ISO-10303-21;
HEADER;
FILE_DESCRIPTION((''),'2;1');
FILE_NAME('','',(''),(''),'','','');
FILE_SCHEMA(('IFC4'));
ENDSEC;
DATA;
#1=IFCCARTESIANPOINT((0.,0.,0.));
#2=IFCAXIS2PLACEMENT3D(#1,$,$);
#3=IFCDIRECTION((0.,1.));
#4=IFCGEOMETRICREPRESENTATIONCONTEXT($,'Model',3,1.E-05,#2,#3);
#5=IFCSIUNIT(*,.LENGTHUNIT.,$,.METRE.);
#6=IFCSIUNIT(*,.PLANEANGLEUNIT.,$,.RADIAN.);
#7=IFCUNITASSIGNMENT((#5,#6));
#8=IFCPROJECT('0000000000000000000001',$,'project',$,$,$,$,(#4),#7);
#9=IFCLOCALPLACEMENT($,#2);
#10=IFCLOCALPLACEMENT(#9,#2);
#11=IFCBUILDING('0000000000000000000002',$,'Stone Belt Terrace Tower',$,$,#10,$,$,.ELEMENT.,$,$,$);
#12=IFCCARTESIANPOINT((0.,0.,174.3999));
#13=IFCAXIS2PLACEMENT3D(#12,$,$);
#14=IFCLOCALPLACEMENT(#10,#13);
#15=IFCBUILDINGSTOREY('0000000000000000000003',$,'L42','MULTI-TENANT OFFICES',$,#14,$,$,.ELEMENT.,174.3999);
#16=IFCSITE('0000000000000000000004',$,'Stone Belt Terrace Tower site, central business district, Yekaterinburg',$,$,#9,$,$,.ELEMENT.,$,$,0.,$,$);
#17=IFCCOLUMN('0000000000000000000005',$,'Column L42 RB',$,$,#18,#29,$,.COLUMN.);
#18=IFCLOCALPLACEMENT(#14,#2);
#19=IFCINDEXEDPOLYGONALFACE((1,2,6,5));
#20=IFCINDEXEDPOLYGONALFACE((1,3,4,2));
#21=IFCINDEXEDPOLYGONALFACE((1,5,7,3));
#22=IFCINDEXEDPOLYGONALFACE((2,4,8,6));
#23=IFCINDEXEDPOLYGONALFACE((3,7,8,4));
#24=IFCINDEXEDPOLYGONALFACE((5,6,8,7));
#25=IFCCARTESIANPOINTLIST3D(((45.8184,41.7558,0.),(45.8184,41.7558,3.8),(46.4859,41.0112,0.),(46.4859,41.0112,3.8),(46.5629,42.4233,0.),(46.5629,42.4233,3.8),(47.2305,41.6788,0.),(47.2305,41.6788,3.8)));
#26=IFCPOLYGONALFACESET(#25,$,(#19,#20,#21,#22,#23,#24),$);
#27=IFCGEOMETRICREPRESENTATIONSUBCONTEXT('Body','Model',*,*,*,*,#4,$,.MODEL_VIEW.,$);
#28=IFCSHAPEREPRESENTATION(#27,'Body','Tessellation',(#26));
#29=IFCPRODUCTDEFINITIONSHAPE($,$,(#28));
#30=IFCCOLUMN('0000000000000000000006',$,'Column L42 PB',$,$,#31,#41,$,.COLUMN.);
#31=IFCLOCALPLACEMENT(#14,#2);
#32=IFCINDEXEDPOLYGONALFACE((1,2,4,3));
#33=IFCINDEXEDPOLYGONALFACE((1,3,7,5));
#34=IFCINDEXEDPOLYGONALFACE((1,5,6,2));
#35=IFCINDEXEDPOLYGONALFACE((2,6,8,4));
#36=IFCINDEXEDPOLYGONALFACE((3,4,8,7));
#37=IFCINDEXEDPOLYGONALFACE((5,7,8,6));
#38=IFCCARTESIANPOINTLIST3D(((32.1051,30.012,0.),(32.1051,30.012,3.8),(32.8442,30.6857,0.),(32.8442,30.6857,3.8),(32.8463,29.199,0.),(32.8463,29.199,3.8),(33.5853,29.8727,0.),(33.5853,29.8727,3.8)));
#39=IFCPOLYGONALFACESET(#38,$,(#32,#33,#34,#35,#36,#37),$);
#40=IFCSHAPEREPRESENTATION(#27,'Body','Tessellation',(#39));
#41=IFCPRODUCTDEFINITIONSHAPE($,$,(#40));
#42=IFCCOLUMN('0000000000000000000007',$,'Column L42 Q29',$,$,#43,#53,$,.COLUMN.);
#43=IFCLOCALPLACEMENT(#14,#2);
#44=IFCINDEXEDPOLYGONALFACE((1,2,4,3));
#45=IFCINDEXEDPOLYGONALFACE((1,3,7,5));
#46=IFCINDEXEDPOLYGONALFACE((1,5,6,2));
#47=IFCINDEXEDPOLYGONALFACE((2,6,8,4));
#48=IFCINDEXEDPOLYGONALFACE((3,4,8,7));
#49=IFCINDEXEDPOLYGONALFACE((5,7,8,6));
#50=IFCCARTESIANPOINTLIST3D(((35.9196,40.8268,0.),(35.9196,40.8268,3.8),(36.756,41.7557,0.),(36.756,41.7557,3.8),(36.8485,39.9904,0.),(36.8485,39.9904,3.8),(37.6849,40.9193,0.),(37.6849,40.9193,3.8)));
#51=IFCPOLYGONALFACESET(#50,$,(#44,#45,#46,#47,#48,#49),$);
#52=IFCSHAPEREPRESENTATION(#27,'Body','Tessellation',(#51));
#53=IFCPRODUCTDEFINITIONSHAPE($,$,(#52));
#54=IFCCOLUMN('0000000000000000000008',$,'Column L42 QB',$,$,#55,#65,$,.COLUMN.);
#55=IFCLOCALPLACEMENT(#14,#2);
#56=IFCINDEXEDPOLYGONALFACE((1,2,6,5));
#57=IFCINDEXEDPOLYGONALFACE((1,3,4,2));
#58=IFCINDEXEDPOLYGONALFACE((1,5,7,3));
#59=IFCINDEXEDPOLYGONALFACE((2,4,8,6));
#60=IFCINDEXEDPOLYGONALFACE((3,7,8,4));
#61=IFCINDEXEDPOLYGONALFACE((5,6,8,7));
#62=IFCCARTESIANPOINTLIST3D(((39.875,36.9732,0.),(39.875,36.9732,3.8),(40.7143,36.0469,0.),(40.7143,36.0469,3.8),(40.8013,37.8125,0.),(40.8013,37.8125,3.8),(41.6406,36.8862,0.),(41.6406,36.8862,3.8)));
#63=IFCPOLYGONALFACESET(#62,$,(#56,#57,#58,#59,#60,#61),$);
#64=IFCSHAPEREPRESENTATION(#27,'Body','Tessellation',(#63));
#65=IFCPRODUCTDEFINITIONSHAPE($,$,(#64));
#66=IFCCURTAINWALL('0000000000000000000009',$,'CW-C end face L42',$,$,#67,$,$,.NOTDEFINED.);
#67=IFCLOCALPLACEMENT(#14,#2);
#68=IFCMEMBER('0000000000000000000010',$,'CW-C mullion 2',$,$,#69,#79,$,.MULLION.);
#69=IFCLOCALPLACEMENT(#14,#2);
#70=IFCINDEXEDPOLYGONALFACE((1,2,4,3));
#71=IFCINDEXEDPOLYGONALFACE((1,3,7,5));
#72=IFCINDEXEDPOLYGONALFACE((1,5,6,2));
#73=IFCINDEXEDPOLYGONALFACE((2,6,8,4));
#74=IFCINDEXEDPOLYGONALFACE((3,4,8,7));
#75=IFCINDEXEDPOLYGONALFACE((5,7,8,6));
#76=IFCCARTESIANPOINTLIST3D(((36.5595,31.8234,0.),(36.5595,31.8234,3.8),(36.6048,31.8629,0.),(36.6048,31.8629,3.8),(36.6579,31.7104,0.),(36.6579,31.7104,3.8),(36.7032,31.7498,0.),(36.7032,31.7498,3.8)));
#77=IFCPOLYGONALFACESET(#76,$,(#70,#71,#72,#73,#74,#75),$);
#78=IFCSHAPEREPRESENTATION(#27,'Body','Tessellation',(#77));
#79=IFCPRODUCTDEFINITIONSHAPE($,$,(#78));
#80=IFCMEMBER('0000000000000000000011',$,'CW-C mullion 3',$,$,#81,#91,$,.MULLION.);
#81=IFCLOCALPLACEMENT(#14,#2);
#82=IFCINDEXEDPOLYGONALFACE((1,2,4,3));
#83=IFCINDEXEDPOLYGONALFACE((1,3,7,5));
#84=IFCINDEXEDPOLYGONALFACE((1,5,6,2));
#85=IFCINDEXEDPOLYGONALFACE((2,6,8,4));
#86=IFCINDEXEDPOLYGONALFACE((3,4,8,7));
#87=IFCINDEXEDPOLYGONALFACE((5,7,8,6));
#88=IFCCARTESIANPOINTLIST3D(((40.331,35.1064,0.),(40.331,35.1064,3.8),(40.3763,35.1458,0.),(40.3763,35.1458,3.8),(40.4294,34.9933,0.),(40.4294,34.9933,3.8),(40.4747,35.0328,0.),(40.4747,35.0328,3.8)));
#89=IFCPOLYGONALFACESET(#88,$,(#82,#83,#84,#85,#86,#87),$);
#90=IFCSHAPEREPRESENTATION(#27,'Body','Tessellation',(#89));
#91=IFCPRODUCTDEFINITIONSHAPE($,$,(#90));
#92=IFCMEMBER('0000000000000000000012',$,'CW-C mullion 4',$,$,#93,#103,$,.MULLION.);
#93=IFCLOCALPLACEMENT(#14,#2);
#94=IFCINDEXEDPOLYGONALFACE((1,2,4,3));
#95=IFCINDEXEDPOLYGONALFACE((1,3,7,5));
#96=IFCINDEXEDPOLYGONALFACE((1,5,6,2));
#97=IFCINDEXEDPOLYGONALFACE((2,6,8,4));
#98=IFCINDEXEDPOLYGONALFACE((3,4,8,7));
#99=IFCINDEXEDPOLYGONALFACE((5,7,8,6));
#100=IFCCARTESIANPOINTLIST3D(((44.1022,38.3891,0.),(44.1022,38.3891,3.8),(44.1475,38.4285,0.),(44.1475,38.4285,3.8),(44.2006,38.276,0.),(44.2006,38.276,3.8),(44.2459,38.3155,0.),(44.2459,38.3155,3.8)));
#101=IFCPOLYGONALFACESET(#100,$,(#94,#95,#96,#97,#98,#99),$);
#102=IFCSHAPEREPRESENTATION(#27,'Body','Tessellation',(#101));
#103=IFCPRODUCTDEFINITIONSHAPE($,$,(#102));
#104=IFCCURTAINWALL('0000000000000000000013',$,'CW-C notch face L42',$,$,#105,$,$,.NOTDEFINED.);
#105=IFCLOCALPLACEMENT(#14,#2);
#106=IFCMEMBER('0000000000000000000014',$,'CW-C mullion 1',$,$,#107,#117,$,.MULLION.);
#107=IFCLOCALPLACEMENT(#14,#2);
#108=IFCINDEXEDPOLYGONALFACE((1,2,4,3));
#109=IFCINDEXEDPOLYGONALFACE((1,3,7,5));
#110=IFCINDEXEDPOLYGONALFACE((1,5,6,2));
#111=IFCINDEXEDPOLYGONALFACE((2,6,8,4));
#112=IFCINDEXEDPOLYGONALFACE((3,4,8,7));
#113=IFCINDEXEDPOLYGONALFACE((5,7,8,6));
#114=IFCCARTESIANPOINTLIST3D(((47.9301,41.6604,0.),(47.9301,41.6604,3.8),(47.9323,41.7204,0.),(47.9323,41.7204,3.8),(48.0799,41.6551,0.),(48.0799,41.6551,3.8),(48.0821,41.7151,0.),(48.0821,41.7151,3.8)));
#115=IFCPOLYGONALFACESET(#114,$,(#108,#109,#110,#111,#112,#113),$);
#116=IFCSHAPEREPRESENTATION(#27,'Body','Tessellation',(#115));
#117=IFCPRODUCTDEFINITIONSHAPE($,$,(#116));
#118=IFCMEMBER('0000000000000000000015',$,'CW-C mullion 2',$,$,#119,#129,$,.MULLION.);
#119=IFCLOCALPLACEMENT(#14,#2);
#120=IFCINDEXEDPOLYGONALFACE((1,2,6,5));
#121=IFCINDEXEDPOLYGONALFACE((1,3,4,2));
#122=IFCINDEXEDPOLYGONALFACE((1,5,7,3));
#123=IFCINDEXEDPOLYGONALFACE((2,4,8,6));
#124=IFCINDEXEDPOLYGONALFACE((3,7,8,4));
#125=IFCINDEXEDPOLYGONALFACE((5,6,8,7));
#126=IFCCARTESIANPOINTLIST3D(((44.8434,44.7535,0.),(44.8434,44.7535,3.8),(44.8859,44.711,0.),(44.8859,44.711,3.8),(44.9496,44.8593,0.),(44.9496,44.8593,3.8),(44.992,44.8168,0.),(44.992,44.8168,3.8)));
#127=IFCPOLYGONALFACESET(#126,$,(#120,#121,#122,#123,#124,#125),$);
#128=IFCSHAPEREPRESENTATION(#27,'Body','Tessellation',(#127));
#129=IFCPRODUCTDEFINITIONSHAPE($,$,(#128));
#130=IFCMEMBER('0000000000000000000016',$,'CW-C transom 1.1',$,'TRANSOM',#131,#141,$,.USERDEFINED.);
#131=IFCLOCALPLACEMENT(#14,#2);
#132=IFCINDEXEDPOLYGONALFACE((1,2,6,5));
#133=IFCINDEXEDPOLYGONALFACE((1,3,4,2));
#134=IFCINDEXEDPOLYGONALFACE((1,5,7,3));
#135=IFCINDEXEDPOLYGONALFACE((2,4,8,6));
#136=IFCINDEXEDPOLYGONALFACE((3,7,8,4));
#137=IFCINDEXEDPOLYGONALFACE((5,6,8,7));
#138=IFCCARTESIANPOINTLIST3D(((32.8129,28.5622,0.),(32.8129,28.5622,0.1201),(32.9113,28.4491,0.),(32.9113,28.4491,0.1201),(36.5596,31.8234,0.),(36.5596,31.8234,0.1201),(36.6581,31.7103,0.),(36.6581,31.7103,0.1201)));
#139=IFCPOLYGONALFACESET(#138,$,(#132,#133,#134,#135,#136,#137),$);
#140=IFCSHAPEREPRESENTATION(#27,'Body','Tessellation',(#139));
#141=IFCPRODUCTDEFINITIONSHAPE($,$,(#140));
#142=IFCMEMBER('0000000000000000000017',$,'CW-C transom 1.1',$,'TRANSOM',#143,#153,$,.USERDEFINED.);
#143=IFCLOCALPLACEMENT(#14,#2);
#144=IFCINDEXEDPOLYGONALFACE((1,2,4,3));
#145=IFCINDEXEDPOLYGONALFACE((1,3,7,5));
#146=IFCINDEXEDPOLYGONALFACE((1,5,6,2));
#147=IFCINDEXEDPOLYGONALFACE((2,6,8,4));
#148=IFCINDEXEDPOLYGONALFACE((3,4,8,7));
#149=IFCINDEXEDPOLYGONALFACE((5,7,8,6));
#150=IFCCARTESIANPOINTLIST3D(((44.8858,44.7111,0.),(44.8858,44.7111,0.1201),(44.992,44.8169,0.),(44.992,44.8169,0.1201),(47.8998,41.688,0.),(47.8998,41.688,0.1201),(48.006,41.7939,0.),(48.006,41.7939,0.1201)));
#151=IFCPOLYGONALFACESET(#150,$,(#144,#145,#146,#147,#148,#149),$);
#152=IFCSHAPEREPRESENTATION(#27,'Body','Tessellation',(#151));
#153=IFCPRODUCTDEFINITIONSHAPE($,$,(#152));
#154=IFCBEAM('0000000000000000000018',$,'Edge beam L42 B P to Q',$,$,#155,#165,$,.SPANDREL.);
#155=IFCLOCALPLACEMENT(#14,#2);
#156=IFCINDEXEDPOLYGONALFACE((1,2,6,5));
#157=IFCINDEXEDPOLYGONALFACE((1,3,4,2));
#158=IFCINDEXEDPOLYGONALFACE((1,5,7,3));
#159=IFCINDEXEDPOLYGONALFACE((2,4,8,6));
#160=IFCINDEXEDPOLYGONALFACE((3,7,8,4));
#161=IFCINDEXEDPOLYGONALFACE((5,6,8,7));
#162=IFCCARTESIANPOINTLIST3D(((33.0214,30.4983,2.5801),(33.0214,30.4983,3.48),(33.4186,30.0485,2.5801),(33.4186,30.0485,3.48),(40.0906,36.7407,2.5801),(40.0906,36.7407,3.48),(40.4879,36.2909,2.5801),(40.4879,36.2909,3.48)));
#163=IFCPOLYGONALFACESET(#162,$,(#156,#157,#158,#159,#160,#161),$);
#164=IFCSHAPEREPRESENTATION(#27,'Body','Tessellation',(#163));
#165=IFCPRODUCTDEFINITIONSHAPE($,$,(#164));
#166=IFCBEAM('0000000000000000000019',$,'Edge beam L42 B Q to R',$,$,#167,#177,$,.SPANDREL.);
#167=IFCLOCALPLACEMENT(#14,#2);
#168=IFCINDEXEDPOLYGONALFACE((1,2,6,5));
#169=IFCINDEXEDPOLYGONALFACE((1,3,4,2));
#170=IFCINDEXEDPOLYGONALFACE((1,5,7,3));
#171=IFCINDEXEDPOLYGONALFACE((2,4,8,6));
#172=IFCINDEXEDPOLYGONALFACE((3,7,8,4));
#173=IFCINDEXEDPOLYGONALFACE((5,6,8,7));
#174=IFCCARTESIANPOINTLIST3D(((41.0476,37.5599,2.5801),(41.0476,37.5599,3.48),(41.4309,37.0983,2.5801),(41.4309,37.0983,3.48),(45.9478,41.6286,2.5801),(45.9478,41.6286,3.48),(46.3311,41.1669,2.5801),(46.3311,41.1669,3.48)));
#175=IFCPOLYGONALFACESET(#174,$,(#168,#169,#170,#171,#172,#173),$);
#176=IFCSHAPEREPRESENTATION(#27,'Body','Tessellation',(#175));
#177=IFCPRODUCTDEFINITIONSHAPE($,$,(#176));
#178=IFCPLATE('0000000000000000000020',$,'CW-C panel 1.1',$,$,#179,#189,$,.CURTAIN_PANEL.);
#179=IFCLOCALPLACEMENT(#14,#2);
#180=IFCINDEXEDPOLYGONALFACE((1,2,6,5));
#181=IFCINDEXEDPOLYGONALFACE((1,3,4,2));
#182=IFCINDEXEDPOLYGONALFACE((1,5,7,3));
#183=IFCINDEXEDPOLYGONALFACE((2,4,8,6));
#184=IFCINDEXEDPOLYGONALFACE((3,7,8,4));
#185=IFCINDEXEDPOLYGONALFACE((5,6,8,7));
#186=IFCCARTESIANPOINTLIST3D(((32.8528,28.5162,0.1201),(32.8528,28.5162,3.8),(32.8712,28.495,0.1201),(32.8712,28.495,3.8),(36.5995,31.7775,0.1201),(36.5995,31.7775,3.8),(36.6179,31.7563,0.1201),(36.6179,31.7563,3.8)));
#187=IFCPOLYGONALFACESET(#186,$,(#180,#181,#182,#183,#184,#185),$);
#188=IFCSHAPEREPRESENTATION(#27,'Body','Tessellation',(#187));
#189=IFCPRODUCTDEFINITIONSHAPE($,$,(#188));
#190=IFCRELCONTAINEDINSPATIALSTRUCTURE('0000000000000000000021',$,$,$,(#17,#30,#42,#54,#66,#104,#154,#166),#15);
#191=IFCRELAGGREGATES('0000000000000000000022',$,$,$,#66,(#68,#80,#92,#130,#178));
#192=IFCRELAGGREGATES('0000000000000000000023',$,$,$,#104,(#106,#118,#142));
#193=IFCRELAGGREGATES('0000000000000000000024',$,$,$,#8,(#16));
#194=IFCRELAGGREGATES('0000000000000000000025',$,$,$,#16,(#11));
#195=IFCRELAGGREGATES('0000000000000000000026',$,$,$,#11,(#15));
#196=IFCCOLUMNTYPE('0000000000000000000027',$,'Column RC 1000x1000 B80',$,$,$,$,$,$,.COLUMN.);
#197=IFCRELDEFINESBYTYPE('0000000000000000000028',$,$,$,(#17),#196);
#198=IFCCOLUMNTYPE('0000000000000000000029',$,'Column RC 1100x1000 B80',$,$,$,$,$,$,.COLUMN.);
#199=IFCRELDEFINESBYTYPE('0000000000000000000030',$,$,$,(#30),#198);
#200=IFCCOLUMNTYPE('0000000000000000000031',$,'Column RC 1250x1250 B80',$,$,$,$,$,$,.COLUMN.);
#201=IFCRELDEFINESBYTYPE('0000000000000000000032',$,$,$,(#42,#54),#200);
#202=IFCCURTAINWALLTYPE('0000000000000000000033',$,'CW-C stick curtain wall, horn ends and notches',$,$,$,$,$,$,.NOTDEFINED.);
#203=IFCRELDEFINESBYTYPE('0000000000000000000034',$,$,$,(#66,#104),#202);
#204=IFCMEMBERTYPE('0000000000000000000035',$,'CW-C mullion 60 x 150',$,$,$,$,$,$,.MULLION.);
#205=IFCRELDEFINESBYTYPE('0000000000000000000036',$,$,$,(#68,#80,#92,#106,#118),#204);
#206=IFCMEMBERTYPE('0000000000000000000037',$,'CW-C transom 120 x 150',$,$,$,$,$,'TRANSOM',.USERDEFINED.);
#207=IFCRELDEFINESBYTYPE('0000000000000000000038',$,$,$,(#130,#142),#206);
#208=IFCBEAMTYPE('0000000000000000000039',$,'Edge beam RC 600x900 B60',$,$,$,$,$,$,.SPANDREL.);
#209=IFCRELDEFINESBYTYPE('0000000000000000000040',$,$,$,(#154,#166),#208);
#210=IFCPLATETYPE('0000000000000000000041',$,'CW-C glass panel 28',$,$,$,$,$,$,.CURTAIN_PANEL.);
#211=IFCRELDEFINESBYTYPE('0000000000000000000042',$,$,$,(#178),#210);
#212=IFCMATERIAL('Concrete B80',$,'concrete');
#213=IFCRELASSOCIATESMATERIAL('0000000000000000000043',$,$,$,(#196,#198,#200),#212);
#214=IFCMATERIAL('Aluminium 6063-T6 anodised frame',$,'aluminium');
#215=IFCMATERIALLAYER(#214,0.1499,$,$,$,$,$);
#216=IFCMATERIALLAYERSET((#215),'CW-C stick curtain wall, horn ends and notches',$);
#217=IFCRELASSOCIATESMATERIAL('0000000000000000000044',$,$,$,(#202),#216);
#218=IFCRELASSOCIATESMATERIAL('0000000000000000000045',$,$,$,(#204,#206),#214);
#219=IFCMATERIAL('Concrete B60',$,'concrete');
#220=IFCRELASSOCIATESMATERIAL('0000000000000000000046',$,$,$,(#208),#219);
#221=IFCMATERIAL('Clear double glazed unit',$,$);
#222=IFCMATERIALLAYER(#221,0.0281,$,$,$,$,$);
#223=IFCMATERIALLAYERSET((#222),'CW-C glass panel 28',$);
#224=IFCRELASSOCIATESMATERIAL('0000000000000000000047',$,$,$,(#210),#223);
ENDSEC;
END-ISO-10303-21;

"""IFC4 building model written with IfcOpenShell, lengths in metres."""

from ifc_helpers import new_model, si_unit, direction, frame, origin, origin_2d, place, context, subcontext, project, spatial, rectangle, extrude, material, layer, layer_set, material_profile, profile_set, type_object, element, aggregate, save


model = new_model("IFC4")

# Units and contexts
model_context = context("Model", 3, precision=1e-05, world=origin(), true_north=direction((0.0, 1.0)))
body_context = subcontext(model_context, "Body", "Model", "MODEL_VIEW")
ifc_project = project(units=[si_unit("LENGTHUNIT", "METRE"), si_unit("PLANEANGLEUNIT", "RADIAN")], contexts=[model_context])

# Site, building, storey
site_placement = place(None, origin())
site = spatial("IfcSite", under=ifc_project, at=site_placement, Name="Stone Belt Terrace Tower site, central business district, Yekaterinburg", CompositionType="ELEMENT", RefElevation=0.0)
building_placement = place(site_placement, origin())
building = spatial("IfcBuilding", under=site, at=building_placement, Name="Stone Belt Terrace Tower", CompositionType="ELEMENT")
storey_placement = place(building_placement, frame((0.0, 0.0, 174.3999)))
storey = spatial("IfcBuildingStorey", under=building, at=storey_placement, Name="L42", Description="MULTI-TENANT OFFICES", CompositionType="ELEMENT", Elevation=174.3999)

# Columns
ifc_material_1 = material(Name="Concrete B80", Category="concrete")
ifc_material_profile_1 = material_profile(ifc_material_1, rectangle(XDim=1.0, YDim=1.0, at=origin_2d()), Name="RC 1000x1000")
ifc_profile_set_1 = profile_set([ifc_material_profile_1], Name="Concrete B80")
column_type_1 = type_object("IfcColumnType", Name="Column RC 1000x1000 B80", PredefinedType="COLUMN", material=ifc_profile_set_1)
column_1_placement = place(storey_placement, frame((46.5244, 41.7173, 0.0), z_axis=(0.0, 0.0, 1.0), x_axis=(0.667595, -0.744525, 0.0)))
element("IfcColumn", 1, at=column_1_placement, inside=storey, type_object=column_type_1, Name="Column L42 RB", PredefinedType="COLUMN", context=body_context, shape_type="SweptSolid", body=[
    extrude(rectangle(XDim=1.0, YDim=1.0, at=origin_2d()), origin(), (0.0, 0.0, 1.0), 3.8),
])
ifc_material_profile_2 = material_profile(ifc_material_1, rectangle(XDim=1.1001, YDim=1.0, at=origin_2d()), Name="RC 1100x1000")
ifc_profile_set_2 = profile_set([ifc_material_profile_2], Name="Concrete B80")
column_type_2 = type_object("IfcColumnType", Name="Column RC 1100x1000 B80", PredefinedType="COLUMN", material=ifc_profile_set_2)
column_2_placement = place(storey_placement, frame((32.8452, 29.9424, 0.0), z_axis=(0.0, 0.0, 1.0), x_axis=(0.673698, -0.739007, 0.0)))
element("IfcColumn", 2, at=column_2_placement, inside=storey, type_object=column_type_2, Name="Column L42 PB", PredefinedType="COLUMN", context=body_context, shape_type="SweptSolid", body=[
    extrude(rectangle(XDim=1.1001, YDim=1.0, at=origin_2d()), origin(), (0.0, 0.0, 1.0), 3.8),
])
ifc_material_profile_3 = material_profile(ifc_material_1, rectangle(XDim=1.25, YDim=1.25, at=origin_2d()), Name="RC 1250x1250")
ifc_profile_set_3 = profile_set([ifc_material_profile_3], Name="Concrete B80")
column_type_3 = type_object("IfcColumnType", Name="Column RC 1250x1250 B80", PredefinedType="COLUMN", material=ifc_profile_set_3)
for number, where, z_axis, x_axis, name in (
    (3, (36.8022, 40.873, 0.0), (0.0, 0.0, 1.0), (0.743145, -0.669131, 0.0), "Column L42 Q29"),
    (4, (40.7578, 36.9297, 0.0), (0.0, 0.0, 1.0), (0.671448, -0.741052, 0.0), "Column L42 QB"),
):
    element("IfcColumn", number, at=place(storey_placement, frame(where, z_axis=z_axis, x_axis=x_axis)), inside=storey, type_object=column_type_3, Name=name, PredefinedType="COLUMN", context=body_context, shape_type="SweptSolid", body=[
        extrude(rectangle(XDim=1.25, YDim=1.25, at=origin_2d()), origin(), (0.0, 0.0, 1.0), 3.8),
    ])

# Curtain walls, members
ifc_material_2 = material(Name="Aluminium 6063-T6 anodised frame", Category="aluminium")
ifc_layer_1 = layer(ifc_material_2, 0.1499)
ifc_layer_set_1 = layer_set([ifc_layer_1], Name="CW-C stick curtain wall, horn ends and notches")
curtain_wall_type = type_object("IfcCurtainWallType", Name="CW-C stick curtain wall, horn ends and notches", PredefinedType="NOTDEFINED", material=ifc_layer_set_1)
curtain_wall_1_placement = place(storey_placement, origin())
curtain_wall_1 = element("IfcCurtainWall", 5, at=curtain_wall_1_placement, inside=storey, type_object=curtain_wall_type, Name="CW-C end face L42", PredefinedType="NOTDEFINED")
ifc_material_profile_4 = material_profile(ifc_material_2, rectangle(XDim=0.1499, YDim=0.0601, at=origin_2d()), Name="Aluminium 6063-T6 60x150")
ifc_profile_set_4 = profile_set([ifc_material_profile_4], Name="Aluminium 6063-T6 anodised frame")
member_type_1 = type_object("IfcMemberType", Name="CW-C mullion 60 x 150", PredefinedType="MULLION", material=ifc_profile_set_4)
member_1_placement = place(storey_placement, frame((36.6313, 31.7866, 0.0), z_axis=(0.0, 0.0, 1.0), x_axis=(-0.656561, 0.754273, 0.0)))
member_1 = element("IfcMember", 6, at=member_1_placement, type_object=member_type_1, Name="CW-C mullion 2", PredefinedType="MULLION", context=body_context, shape_type="SweptSolid", body=[
    extrude(rectangle(XDim=0.1499, YDim=0.0601, at=origin_2d()), origin(), (0.0, 0.0, 1.0), 3.8),
])
member_2_placement = place(storey_placement, frame((40.4028, 35.0696, 0.0), z_axis=(0.0, 0.0, 1.0), x_axis=(-0.656561, 0.754273, 0.0)))
member_2 = element("IfcMember", 7, at=member_2_placement, type_object=member_type_1, Name="CW-C mullion 3", PredefinedType="MULLION", context=body_context, shape_type="SweptSolid", body=[
    extrude(rectangle(XDim=0.1499, YDim=0.0601, at=origin_2d()), origin(), (0.0, 0.0, 1.0), 3.8),
])
member_3_placement = place(storey_placement, frame((44.1741, 38.3523, 0.0), z_axis=(0.0, 0.0, 1.0), x_axis=(-0.656561, 0.754273, 0.0)))
member_3 = element("IfcMember", 8, at=member_3_placement, type_object=member_type_1, Name="CW-C mullion 4", PredefinedType="MULLION", context=body_context, shape_type="SweptSolid", body=[
    extrude(rectangle(XDim=0.1499, YDim=0.0601, at=origin_2d()), origin(), (0.0, 0.0, 1.0), 3.8),
])
curtain_wall_2_placement = place(storey_placement, origin())
curtain_wall_2 = element("IfcCurtainWall", 9, at=curtain_wall_2_placement, inside=storey, type_object=curtain_wall_type, Name="CW-C notch face L42", PredefinedType="NOTDEFINED")
member_4_placement = place(storey_placement, frame((48.0061, 41.6877, 0.0), z_axis=(0.0, 0.0, 1.0), x_axis=(-0.999377, 0.035305, 0.0)))
member_4 = element("IfcMember", 10, at=member_4_placement, type_object=member_type_1, Name="CW-C mullion 1", PredefinedType="MULLION", context=body_context, shape_type="SweptSolid", body=[
    extrude(rectangle(XDim=0.1499, YDim=0.0601, at=origin_2d()), origin(), (0.0, 0.0, 1.0), 3.8),
])
member_5_placement = place(storey_placement, frame((44.9177, 44.7852, 0.0), z_axis=(0.0, 0.0, 1.0), x_axis=(-0.708151, -0.706061, 0.0)))
member_5 = element("IfcMember", 11, at=member_5_placement, type_object=member_type_1, Name="CW-C mullion 2", PredefinedType="MULLION", context=body_context, shape_type="SweptSolid", body=[
    extrude(rectangle(XDim=0.1499, YDim=0.0601, at=origin_2d()), origin(), (0.0, 0.0, 1.0), 3.8),
])

# Members
ifc_material_profile_5 = material_profile(ifc_material_2, rectangle(XDim=0.1499, YDim=0.1201, at=origin_2d()), Name="Aluminium 6063-T6 150x120")
ifc_profile_set_5 = profile_set([ifc_material_profile_5], Name="Aluminium 6063-T6 anodised frame")
member_type_2 = type_object("IfcMemberType", Name="CW-C transom 120 x 150", ElementType="TRANSOM", PredefinedType="USERDEFINED", material=ifc_profile_set_5)
member_6_placement = place(storey_placement, frame((32.8621, 28.5056, 0.0601), z_axis=(0.754294, 0.656536, 0.0), x_axis=(-0.656536, 0.754294, 0.0)))
member_6 = element("IfcMember", 12, at=member_6_placement, type_object=member_type_2, Name="CW-C transom 1.1", ObjectType="TRANSOM", PredefinedType="USERDEFINED", context=body_context, shape_type="SweptSolid", body=[
    extrude(rectangle(XDim=0.1499, YDim=0.1201, at=origin_2d()), origin(), (0.0, 0.0, 1.0), 4.9673),
])
member_7_placement = place(storey_placement, frame((47.9529, 41.741, 0.0601), z_axis=(-0.706048, 0.708164, 0.0), x_axis=(-0.708164, -0.706048, 0.0)))
member_7 = element("IfcMember", 13, at=member_7_placement, type_object=member_type_2, Name="CW-C transom 1.1", ObjectType="TRANSOM", PredefinedType="USERDEFINED", context=body_context, shape_type="SweptSolid", body=[
    extrude(rectangle(XDim=0.1499, YDim=0.1201, at=origin_2d()), origin(), (0.0, 0.0, 1.0), 4.2688),
])

# Beams
ifc_material_3 = material(Name="Concrete B60", Category="concrete")
ifc_material_profile_6 = material_profile(ifc_material_3, rectangle(XDim=0.6001, YDim=0.8999, at=origin_2d()), Name="RC 600x900")
ifc_profile_set_6 = profile_set([ifc_material_profile_6], Name="Concrete B60")
beam_type = type_object("IfcBeamType", Name="Edge beam RC 600x900 B60", PredefinedType="SPANDREL", material=ifc_profile_set_6)
beam_1_placement = place(storey_placement, frame((33.22, 30.2734, 3.03), z_axis=(0.749586, 0.661907, 0.0), x_axis=(-0.661907, 0.749586, 0.0)))
element("IfcBeam", 14, at=beam_1_placement, inside=storey, type_object=beam_type, Name="Edge beam L42 B P to Q", PredefinedType="SPANDREL", context=body_context, shape_type="SweptSolid", body=[
    extrude(rectangle(XDim=0.6001, YDim=0.8999, at=origin_2d()), origin(), (0.0, 0.0, 1.0), 9.4309),
])
beam_2_placement = place(storey_placement, frame((41.2393, 37.3291, 3.03), z_axis=(0.769367, 0.638807, 0.0), x_axis=(-0.638807, 0.769367, 0.0)))
element("IfcBeam", 15, at=beam_2_placement, inside=storey, type_object=beam_type, Name="Edge beam L42 B Q to R", PredefinedType="SPANDREL", context=body_context, shape_type="SweptSolid", body=[
    extrude(rectangle(XDim=0.6001, YDim=0.8999, at=origin_2d()), origin(), (0.0, 0.0, 1.0), 6.3691),
])

# Plate
ifc_material_4 = material(Name="Clear double glazed unit")
ifc_layer_2 = layer(ifc_material_4, 0.0281)
ifc_layer_set_2 = layer_set([ifc_layer_2], Name="CW-C glass panel 28")
plate_type = type_object("IfcPlateType", Name="CW-C glass panel 28", PredefinedType="CURTAIN_PANEL", material=ifc_layer_set_2)
plate_1_placement = place(storey_placement, frame((34.7354, 30.1362, 0.1201), z_axis=(0.0, 0.0, 1.0), x_axis=(0.754273, 0.656561, 0.0)))
plate_1 = element("IfcPlate", 16, at=plate_1_placement, type_object=plate_type, Name="CW-C panel 1.1", PredefinedType="CURTAIN_PANEL", context=body_context, shape_type="SweptSolid", body=[
    extrude(rectangle(XDim=4.9673, YDim=0.0281, at=origin_2d()), origin(), (0.0, 0.0, 1.0), 3.6799),
])
aggregate(curtain_wall_1, [member_1, member_2, member_3, member_6, plate_1])
aggregate(curtain_wall_2, [member_4, member_5, member_7])

save(model, "model.ifc")
